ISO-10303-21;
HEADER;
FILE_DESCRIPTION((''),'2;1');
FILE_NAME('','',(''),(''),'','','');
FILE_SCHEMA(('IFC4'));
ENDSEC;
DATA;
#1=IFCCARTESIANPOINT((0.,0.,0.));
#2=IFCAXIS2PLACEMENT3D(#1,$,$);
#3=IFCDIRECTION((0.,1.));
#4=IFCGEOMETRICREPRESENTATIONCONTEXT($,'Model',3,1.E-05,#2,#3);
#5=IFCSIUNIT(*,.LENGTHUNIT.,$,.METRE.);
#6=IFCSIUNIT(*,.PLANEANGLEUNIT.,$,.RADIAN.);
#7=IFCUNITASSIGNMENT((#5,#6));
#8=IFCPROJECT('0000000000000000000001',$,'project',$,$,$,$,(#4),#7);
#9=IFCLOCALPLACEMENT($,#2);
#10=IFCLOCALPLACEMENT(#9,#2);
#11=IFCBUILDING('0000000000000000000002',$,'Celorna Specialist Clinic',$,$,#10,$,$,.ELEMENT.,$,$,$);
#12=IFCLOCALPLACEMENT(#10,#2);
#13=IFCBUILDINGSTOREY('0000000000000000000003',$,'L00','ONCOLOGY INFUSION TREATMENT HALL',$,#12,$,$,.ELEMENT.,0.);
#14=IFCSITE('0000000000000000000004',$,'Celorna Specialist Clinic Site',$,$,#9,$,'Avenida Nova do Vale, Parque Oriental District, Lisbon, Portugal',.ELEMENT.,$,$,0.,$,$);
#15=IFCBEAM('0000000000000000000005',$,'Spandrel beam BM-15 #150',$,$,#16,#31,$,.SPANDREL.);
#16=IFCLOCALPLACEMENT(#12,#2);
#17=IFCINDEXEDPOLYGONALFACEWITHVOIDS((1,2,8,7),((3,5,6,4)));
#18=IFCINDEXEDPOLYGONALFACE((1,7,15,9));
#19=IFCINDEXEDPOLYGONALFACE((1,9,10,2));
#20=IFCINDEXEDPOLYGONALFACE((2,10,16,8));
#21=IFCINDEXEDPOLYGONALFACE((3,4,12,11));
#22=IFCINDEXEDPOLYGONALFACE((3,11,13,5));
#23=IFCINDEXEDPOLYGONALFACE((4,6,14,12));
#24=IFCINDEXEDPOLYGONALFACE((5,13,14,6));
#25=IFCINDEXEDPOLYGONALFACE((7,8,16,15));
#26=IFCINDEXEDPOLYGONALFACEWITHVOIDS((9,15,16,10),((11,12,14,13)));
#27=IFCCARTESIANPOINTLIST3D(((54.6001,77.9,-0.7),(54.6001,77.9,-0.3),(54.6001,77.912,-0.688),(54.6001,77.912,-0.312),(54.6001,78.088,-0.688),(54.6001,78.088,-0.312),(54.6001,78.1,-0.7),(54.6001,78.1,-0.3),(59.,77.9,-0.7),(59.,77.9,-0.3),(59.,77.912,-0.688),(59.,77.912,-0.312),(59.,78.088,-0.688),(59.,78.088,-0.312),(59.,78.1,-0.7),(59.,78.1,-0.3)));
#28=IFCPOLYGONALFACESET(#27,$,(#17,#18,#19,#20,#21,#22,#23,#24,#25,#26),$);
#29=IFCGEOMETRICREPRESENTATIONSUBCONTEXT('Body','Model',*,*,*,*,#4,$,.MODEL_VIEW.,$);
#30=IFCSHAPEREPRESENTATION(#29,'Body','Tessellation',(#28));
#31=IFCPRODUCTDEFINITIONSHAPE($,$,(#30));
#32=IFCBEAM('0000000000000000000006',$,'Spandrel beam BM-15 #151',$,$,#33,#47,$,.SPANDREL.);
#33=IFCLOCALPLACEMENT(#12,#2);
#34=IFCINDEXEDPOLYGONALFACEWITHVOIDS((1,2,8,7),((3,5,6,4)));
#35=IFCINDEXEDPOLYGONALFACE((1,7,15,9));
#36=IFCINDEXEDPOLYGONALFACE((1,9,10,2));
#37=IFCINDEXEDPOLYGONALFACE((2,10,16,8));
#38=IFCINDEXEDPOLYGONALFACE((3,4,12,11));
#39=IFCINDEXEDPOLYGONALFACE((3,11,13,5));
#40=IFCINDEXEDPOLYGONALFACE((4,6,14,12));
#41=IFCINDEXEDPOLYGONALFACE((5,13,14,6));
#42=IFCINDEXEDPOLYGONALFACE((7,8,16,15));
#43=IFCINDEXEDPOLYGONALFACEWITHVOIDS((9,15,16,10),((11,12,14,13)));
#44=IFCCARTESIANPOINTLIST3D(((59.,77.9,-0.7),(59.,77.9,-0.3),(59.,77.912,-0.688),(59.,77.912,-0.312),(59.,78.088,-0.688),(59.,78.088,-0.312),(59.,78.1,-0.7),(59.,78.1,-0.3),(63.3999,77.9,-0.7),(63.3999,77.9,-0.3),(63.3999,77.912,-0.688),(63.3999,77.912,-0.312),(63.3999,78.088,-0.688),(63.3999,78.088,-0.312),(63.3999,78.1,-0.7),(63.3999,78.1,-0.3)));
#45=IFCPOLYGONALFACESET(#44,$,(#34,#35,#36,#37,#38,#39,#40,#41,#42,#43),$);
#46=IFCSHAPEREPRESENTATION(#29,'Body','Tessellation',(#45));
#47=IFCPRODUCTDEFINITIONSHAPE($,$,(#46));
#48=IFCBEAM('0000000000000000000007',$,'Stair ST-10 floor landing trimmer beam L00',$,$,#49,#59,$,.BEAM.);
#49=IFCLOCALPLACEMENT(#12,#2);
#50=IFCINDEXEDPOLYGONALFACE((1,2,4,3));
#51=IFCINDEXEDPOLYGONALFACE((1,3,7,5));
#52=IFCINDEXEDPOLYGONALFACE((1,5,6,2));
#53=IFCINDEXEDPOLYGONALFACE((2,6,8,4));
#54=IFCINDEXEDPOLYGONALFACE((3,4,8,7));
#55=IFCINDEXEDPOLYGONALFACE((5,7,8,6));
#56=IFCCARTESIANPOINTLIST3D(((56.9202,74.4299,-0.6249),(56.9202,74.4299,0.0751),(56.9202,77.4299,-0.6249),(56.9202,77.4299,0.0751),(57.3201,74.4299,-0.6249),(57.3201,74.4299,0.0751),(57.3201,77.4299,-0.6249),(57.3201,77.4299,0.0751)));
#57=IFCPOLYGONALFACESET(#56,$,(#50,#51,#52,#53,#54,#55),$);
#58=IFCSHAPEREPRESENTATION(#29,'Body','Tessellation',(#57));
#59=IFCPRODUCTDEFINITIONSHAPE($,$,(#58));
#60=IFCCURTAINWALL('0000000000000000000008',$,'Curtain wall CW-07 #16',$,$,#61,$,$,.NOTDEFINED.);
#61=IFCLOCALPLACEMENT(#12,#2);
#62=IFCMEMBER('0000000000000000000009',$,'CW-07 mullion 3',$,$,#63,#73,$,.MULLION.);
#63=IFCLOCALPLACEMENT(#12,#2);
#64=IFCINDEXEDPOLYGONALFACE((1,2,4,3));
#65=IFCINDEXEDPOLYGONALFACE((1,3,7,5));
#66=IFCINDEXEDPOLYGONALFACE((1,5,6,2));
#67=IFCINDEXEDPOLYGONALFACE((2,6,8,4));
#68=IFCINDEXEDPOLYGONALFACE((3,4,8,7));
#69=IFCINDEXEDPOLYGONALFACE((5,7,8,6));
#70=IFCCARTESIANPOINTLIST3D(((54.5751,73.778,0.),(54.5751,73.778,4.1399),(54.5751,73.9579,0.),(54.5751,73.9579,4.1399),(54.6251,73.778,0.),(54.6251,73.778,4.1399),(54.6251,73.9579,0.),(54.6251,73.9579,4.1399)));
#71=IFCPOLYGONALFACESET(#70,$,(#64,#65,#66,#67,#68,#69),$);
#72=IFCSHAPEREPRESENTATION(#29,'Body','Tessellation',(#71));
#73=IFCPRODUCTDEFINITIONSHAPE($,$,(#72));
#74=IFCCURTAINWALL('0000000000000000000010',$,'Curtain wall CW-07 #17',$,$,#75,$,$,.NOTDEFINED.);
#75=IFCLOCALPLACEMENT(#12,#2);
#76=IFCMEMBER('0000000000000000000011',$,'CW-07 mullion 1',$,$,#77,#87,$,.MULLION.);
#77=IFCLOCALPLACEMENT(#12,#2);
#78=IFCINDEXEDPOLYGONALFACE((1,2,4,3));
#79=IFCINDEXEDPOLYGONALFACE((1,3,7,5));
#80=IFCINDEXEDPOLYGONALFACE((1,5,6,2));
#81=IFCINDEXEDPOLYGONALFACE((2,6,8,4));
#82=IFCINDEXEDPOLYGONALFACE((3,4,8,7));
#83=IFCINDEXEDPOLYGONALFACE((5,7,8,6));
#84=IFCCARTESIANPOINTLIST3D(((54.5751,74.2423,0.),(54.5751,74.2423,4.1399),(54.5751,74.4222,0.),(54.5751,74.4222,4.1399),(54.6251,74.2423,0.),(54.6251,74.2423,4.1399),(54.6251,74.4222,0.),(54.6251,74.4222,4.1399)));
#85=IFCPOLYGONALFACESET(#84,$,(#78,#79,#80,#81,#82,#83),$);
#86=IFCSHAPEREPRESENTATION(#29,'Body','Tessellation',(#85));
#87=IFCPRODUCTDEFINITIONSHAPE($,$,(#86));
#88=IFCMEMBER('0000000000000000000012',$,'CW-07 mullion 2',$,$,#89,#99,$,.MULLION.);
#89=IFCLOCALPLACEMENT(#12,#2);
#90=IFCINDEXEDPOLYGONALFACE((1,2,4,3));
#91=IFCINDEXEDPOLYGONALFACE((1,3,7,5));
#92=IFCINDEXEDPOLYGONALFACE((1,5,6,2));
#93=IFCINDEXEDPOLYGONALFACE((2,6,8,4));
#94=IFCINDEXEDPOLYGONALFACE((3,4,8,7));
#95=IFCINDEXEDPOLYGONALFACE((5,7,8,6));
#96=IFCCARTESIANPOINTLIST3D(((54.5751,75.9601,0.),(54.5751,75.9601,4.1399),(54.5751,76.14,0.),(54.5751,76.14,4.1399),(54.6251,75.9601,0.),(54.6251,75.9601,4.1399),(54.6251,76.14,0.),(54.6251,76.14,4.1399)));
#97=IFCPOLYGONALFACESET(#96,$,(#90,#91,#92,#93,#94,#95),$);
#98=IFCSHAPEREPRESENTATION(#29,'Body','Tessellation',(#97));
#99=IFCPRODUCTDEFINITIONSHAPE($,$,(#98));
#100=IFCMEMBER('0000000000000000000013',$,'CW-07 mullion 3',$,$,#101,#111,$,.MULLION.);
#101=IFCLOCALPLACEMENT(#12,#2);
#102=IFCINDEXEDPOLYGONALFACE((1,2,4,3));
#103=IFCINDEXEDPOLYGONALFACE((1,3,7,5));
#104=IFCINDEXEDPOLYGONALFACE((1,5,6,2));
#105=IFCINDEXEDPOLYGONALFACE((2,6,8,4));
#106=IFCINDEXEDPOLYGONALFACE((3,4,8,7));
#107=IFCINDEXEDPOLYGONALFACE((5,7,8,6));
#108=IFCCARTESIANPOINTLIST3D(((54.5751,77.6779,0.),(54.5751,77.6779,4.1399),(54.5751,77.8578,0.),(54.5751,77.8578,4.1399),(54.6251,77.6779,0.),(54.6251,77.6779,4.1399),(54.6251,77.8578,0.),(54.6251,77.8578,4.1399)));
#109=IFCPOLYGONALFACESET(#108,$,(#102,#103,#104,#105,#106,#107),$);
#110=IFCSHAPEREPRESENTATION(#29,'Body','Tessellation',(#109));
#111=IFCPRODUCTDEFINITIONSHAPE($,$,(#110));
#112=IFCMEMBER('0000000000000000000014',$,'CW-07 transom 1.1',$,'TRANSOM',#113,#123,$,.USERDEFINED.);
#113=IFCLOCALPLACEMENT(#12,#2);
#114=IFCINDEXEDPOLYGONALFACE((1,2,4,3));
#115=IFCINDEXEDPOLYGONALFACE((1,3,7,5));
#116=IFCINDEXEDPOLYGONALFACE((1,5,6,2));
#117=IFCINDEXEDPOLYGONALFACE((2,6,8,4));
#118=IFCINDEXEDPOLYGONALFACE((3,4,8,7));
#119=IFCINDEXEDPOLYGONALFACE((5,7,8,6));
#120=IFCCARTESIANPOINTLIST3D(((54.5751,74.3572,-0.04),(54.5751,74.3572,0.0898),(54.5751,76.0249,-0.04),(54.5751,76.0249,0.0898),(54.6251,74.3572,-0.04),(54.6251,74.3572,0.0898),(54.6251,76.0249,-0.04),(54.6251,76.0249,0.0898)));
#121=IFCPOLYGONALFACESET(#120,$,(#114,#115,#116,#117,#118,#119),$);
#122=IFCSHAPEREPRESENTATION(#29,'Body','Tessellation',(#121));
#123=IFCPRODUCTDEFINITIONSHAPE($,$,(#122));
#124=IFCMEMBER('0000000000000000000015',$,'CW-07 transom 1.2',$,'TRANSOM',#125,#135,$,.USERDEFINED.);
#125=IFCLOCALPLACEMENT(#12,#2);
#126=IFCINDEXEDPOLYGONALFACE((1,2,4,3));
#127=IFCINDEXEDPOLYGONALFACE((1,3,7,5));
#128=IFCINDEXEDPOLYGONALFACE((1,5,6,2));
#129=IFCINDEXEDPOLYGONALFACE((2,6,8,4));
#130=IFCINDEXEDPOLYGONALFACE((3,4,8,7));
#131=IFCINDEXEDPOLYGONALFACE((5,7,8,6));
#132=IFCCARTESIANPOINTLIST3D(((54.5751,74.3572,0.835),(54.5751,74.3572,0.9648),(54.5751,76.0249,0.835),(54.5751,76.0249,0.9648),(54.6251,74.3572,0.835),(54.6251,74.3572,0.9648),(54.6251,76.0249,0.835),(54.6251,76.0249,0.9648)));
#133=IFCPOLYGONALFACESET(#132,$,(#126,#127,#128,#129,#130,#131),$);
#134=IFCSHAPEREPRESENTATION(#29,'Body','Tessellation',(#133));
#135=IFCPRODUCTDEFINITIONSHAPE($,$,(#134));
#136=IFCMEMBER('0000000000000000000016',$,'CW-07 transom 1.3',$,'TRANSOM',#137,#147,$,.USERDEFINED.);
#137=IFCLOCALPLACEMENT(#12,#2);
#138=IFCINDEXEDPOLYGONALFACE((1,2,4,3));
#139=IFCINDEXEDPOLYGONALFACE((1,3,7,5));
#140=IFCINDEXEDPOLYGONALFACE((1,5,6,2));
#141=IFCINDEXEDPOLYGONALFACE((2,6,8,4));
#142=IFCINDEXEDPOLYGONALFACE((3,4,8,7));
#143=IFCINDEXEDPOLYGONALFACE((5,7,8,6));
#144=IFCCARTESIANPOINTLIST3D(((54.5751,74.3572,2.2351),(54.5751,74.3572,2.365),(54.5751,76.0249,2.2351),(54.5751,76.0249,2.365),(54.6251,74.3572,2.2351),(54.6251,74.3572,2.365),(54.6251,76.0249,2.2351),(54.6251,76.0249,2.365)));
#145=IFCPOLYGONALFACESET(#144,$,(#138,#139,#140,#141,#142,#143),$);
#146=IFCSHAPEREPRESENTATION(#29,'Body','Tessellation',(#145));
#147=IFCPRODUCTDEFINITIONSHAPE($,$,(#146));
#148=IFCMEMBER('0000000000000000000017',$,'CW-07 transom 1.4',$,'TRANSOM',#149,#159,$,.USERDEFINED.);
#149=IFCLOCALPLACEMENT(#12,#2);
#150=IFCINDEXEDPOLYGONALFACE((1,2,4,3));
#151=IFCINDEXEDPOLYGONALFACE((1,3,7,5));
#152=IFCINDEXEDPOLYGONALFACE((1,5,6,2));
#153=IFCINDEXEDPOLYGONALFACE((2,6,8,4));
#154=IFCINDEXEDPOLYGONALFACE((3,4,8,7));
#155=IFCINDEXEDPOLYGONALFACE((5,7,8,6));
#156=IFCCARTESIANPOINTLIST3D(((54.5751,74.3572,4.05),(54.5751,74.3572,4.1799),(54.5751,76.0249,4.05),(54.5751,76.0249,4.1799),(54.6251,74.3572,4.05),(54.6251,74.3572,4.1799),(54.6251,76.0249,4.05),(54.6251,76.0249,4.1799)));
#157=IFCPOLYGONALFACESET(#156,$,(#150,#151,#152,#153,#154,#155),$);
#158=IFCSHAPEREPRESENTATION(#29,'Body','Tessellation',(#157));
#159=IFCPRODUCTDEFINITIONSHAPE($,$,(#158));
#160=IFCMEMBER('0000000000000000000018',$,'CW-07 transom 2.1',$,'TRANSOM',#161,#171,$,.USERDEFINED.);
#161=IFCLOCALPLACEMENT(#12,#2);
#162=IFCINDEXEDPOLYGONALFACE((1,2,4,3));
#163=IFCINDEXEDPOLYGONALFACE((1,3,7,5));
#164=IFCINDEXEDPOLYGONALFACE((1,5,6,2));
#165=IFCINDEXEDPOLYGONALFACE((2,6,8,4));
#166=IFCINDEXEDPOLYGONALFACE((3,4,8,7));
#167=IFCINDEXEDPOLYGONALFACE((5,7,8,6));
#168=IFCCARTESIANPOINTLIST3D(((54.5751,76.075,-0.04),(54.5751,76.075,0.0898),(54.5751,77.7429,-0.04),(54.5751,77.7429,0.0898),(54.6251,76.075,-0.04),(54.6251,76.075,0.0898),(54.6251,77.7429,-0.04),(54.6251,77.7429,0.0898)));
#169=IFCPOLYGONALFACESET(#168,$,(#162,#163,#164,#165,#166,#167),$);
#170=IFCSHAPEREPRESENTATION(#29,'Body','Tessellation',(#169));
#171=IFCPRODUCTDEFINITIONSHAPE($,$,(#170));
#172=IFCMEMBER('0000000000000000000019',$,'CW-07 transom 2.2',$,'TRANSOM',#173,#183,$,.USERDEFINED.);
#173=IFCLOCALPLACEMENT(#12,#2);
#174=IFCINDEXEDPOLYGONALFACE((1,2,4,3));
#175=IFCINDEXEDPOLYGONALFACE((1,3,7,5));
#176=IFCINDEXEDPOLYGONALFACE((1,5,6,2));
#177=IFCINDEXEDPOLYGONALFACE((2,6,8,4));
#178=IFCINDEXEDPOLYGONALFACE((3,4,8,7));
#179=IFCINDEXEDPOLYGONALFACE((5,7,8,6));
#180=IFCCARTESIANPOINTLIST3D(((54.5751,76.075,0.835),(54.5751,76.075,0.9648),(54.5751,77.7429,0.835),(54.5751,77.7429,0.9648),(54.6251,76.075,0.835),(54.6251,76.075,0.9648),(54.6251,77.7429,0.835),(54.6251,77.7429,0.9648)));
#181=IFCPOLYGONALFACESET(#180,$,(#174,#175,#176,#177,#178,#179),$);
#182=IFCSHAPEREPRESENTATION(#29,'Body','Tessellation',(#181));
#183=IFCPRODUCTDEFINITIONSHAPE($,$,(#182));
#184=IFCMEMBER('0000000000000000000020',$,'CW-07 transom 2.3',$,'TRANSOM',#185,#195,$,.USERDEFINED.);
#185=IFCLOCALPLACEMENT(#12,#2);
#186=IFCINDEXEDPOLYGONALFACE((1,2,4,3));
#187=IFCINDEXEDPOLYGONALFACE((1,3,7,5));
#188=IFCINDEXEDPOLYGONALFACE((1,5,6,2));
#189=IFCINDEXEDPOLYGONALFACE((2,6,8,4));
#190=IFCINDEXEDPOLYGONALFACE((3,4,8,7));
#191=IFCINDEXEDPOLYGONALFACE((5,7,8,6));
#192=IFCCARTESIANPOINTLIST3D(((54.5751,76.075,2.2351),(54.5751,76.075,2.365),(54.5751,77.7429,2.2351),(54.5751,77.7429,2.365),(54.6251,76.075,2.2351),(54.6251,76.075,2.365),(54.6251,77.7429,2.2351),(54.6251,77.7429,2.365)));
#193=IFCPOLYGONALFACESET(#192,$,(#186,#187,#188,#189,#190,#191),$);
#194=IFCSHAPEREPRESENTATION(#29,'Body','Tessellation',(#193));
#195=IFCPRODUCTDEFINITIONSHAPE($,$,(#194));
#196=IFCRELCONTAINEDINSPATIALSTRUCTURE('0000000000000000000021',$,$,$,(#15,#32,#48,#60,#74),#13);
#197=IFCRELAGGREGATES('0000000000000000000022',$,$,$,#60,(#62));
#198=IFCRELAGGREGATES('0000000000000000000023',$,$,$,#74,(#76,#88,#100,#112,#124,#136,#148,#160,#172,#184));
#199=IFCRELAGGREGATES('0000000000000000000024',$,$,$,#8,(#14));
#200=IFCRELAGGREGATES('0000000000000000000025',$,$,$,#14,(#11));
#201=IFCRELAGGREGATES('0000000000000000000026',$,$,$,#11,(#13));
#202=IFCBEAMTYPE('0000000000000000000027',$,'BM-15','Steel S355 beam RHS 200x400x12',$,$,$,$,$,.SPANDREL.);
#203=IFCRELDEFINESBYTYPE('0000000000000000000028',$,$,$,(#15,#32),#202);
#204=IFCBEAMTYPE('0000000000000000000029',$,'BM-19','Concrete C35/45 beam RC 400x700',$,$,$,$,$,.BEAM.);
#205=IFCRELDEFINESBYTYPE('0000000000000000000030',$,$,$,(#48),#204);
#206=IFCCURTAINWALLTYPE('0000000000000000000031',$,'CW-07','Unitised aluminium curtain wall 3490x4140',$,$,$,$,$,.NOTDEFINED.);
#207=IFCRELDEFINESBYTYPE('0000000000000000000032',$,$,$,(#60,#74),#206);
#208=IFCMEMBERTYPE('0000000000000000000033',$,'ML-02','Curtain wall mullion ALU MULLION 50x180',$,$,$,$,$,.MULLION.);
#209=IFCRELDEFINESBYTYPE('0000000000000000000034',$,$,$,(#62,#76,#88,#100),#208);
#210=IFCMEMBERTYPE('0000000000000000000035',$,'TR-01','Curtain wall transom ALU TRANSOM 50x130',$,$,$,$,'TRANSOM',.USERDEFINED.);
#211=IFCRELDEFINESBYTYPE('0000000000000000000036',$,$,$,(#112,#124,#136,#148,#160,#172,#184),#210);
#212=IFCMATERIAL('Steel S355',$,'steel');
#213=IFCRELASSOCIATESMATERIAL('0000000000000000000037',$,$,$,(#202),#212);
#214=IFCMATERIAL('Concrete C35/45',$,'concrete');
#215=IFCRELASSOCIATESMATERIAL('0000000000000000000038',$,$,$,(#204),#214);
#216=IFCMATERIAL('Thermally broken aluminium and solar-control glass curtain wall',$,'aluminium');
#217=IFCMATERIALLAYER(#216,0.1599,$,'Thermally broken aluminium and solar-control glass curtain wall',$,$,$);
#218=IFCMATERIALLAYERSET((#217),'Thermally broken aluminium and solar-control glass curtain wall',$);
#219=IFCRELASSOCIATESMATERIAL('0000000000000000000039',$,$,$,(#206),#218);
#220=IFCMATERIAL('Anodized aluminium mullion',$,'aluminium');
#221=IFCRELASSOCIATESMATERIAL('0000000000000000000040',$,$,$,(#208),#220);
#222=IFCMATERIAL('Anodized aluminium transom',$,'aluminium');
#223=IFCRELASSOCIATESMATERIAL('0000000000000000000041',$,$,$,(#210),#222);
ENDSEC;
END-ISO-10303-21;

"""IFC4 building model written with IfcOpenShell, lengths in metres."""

from ifc_helpers import new_model, si_unit, direction, frame, origin, origin_2d, place, context, subcontext, project, spatial, rectangle, hollow_rectangle, extrude, material, layer, layer_set, material_profile, profile_set, type_object, element, aggregate, save


model = new_model("IFC4")

# Units and contexts
model_context = context("Model", 3, precision=1e-05, world=origin(), true_north=direction((0.0, 1.0)))
body_context = subcontext(model_context, "Body", "Model", "MODEL_VIEW")
ifc_project = project(units=[si_unit("LENGTHUNIT", "METRE"), si_unit("PLANEANGLEUNIT", "RADIAN")], contexts=[model_context])

# Site, building, storey
site_placement = place(None, origin())
site = spatial("IfcSite", under=ifc_project, at=site_placement, Name="Celorna Specialist Clinic Site", LongName="Avenida Nova do Vale, Parque Oriental District, Lisbon, Portugal", CompositionType="ELEMENT", RefElevation=0.0)
building_placement = place(site_placement, origin())
building = spatial("IfcBuilding", under=site, at=building_placement, Name="Celorna Specialist Clinic", CompositionType="ELEMENT")
storey_placement = place(building_placement, origin())
storey = spatial("IfcBuildingStorey", under=building, at=storey_placement, Name="L00", Description="ONCOLOGY INFUSION TREATMENT HALL", CompositionType="ELEMENT", Elevation=0.0)

# Shared definitions
ifc_material_1 = material(Name="Concrete C35/45", Category="concrete")
ifc_material_2 = material(Name="Steel S355", Category="steel")

# Beams
ifc_material_profile_1 = material_profile(ifc_material_2, hollow_rectangle(XDim=0.2, YDim=0.3999, WallThickness=0.012, at=origin_2d()), Name="RHS 200x400x12")
ifc_profile_set_1 = profile_set([ifc_material_profile_1], Name="Steel S355")
beam_type_1 = type_object("IfcBeamType", Name="BM-15", Description="Steel S355 beam RHS 200x400x12", PredefinedType="SPANDREL", material=ifc_profile_set_1)
for number, where, z_axis, x_axis, name in (
    (1, (54.6001, 78.0, -0.5), (1.0, 0.0, 0.0), (0.0, 1.0, 0.0), "Spandrel beam BM-15 #150"),
    (2, (59.0, 78.0, -0.5), (1.0, 0.0, 0.0), (0.0, 1.0, 0.0), "Spandrel beam BM-15 #151"),
):
    element("IfcBeam", number, at=place(storey_placement, frame(where, z_axis=z_axis, x_axis=x_axis)), inside=storey, type_object=beam_type_1, Name=name, PredefinedType="SPANDREL", context=body_context, shape_type="SweptSolid", body=[
        extrude(hollow_rectangle(XDim=0.2, YDim=0.3999, WallThickness=0.012, at=origin_2d()), origin(), (0.0, 0.0, 1.0), 4.3999),
    ])
ifc_material_profile_2 = material_profile(ifc_material_1, rectangle(XDim=0.3999, YDim=0.7, at=origin_2d()), Name="RC 400x700")
ifc_profile_set_2 = profile_set([ifc_material_profile_2], Name="Concrete C35/45")
beam_type_2 = type_object("IfcBeamType", Name="BM-19", Description="Concrete C35/45 beam RC 400x700", PredefinedType="BEAM", material=ifc_profile_set_2)
beam_placement = place(storey_placement, frame((57.1201, 74.4299, -0.2749), z_axis=(0.0, 1.0, 0.0), x_axis=(-1.0, 0.0, 0.0)))
element("IfcBeam", 3, at=beam_placement, inside=storey, type_object=beam_type_2, Name="Stair ST-10 floor landing trimmer beam L00", PredefinedType="BEAM", context=body_context, shape_type="SweptSolid", body=[
    extrude(rectangle(XDim=0.3999, YDim=0.7, at=origin_2d()), origin(), (0.0, 0.0, 1.0), 3.0),
])

# Curtain wall, member
ifc_material_3 = material(Name="Thermally broken aluminium and solar-control glass curtain wall", Category="aluminium")
ifc_layer_1 = layer(ifc_material_3, 0.1599, Name="Thermally broken aluminium and solar-control glass curtain wall")
ifc_layer_set_1 = layer_set([ifc_layer_1], Name="Thermally broken aluminium and solar-control glass curtain wall")
curtain_wall_type = type_object("IfcCurtainWallType", Name="CW-07", Description="Unitised aluminium curtain wall 3490x4140", PredefinedType="NOTDEFINED", material=ifc_layer_set_1)
curtain_wall_1_placement = place(storey_placement, origin())
curtain_wall_1 = element("IfcCurtainWall", 4, at=curtain_wall_1_placement, inside=storey, type_object=curtain_wall_type, Name="Curtain wall CW-07 #16", PredefinedType="NOTDEFINED")
ifc_material_4 = material(Name="Anodized aluminium mullion", Category="aluminium")
ifc_material_profile_3 = material_profile(ifc_material_4, rectangle(XDim=0.05, YDim=0.1799, at=origin_2d()), Name="ALU MULLION 50x180")
ifc_profile_set_3 = profile_set([ifc_material_profile_3], Name="Anodized aluminium mullion")
member_type_1 = type_object("IfcMemberType", Name="ML-02", Description="Curtain wall mullion ALU MULLION 50x180", PredefinedType="MULLION", material=ifc_profile_set_3)
member_1_placement = place(storey_placement, frame((54.6001, 73.8679, 0.0), z_axis=(0.0, 0.0, 1.0), x_axis=(-1.0, 0.0, 0.0)))
member_1 = element("IfcMember", 5, at=member_1_placement, type_object=member_type_1, Name="CW-07 mullion 3", PredefinedType="MULLION", context=body_context, shape_type="SweptSolid", body=[
    extrude(rectangle(XDim=0.05, YDim=0.1799, at=origin_2d()), origin(), (0.0, 0.0, 1.0), 4.1399),
])
aggregate(curtain_wall_1, [member_1])

# Curtain wall, members
curtain_wall_2_placement = place(storey_placement, origin())
curtain_wall_2 = element("IfcCurtainWall", 6, at=curtain_wall_2_placement, inside=storey, type_object=curtain_wall_type, Name="Curtain wall CW-07 #17", PredefinedType="NOTDEFINED")
member_2_placement = place(storey_placement, frame((54.6001, 74.3323, 0.0), z_axis=(0.0, 0.0, 1.0), x_axis=(-1.0, 0.0, 0.0)))
member_2 = element("IfcMember", 7, at=member_2_placement, type_object=member_type_1, Name="CW-07 mullion 1", PredefinedType="MULLION", context=body_context, shape_type="SweptSolid", body=[
    extrude(rectangle(XDim=0.05, YDim=0.1799, at=origin_2d()), origin(), (0.0, 0.0, 1.0), 4.1399),
])
member_3_placement = place(storey_placement, frame((54.6001, 76.05, 0.0), z_axis=(0.0, 0.0, 1.0), x_axis=(-1.0, 0.0, 0.0)))
member_3 = element("IfcMember", 8, at=member_3_placement, type_object=member_type_1, Name="CW-07 mullion 2", PredefinedType="MULLION", context=body_context, shape_type="SweptSolid", body=[
    extrude(rectangle(XDim=0.05, YDim=0.1799, at=origin_2d()), origin(), (0.0, 0.0, 1.0), 4.1399),
])
member_4_placement = place(storey_placement, frame((54.6001, 77.7678, 0.0), z_axis=(0.0, 0.0, 1.0), x_axis=(-1.0, 0.0, 0.0)))
member_4 = element("IfcMember", 9, at=member_4_placement, type_object=member_type_1, Name="CW-07 mullion 3", PredefinedType="MULLION", context=body_context, shape_type="SweptSolid", body=[
    extrude(rectangle(XDim=0.05, YDim=0.1799, at=origin_2d()), origin(), (0.0, 0.0, 1.0), 4.1399),
])
ifc_material_5 = material(Name="Anodized aluminium transom", Category="aluminium")
ifc_material_profile_4 = material_profile(ifc_material_5, rectangle(XDim=0.05, YDim=0.1299, at=origin_2d()), Name="ALU TRANSOM 50x130")
ifc_profile_set_4 = profile_set([ifc_material_profile_4], Name="Anodized aluminium transom")
member_type_2 = type_object("IfcMemberType", Name="TR-01", Description="Curtain wall transom ALU TRANSOM 50x130", ElementType="TRANSOM", PredefinedType="USERDEFINED", material=ifc_profile_set_4)
member_5_placement = place(storey_placement, frame((54.6001, 74.3572, 0.0249), z_axis=(0.0, 1.0, 0.0), x_axis=(-1.0, 0.0, 0.0)))
member_5 = element("IfcMember", 10, at=member_5_placement, type_object=member_type_2, Name="CW-07 transom 1.1", ObjectType="TRANSOM", PredefinedType="USERDEFINED", context=body_context, shape_type="SweptSolid", body=[
    extrude(rectangle(XDim=0.05, YDim=0.1299, at=origin_2d()), origin(), (0.0, 0.0, 1.0), 1.6677),
])
member_6_placement = place(storey_placement, frame((54.6001, 74.3572, 0.8999), z_axis=(0.0, 1.0, 0.0), x_axis=(-1.0, 0.0, 0.0)))
member_6 = element("IfcMember", 11, at=member_6_placement, type_object=member_type_2, Name="CW-07 transom 1.2", ObjectType="TRANSOM", PredefinedType="USERDEFINED", context=body_context, shape_type="SweptSolid", body=[
    extrude(rectangle(XDim=0.05, YDim=0.1299, at=origin_2d()), origin(), (0.0, 0.0, 1.0), 1.6677),
])
member_7_placement = place(storey_placement, frame((54.6001, 74.3572, 2.3), z_axis=(0.0, 1.0, 0.0), x_axis=(-1.0, 0.0, 0.0)))
member_7 = element("IfcMember", 12, at=member_7_placement, type_object=member_type_2, Name="CW-07 transom 1.3", ObjectType="TRANSOM", PredefinedType="USERDEFINED", context=body_context, shape_type="SweptSolid", body=[
    extrude(rectangle(XDim=0.05, YDim=0.1299, at=origin_2d()), origin(), (0.0, 0.0, 1.0), 1.6677),
])
member_8_placement = place(storey_placement, frame((54.6001, 74.3572, 4.115), z_axis=(0.0, 1.0, 0.0), x_axis=(-1.0, 0.0, 0.0)))
member_8 = element("IfcMember", 13, at=member_8_placement, type_object=member_type_2, Name="CW-07 transom 1.4", ObjectType="TRANSOM", PredefinedType="USERDEFINED", context=body_context, shape_type="SweptSolid", body=[
    extrude(rectangle(XDim=0.05, YDim=0.1299, at=origin_2d()), origin(), (0.0, 0.0, 1.0), 1.6677),
])
member_9_placement = place(storey_placement, frame((54.6001, 76.075, 0.0249), z_axis=(0.0, 1.0, 0.0), x_axis=(-1.0, 0.0, 0.0)))
member_9 = element("IfcMember", 14, at=member_9_placement, type_object=member_type_2, Name="CW-07 transom 2.1", ObjectType="TRANSOM", PredefinedType="USERDEFINED", context=body_context, shape_type="SweptSolid", body=[
    extrude(rectangle(XDim=0.05, YDim=0.1299, at=origin_2d()), origin(), (0.0, 0.0, 1.0), 1.668),
])
member_10_placement = place(storey_placement, frame((54.6001, 76.075, 0.8999), z_axis=(0.0, 1.0, 0.0), x_axis=(-1.0, 0.0, 0.0)))
member_10 = element("IfcMember", 15, at=member_10_placement, type_object=member_type_2, Name="CW-07 transom 2.2", ObjectType="TRANSOM", PredefinedType="USERDEFINED", context=body_context, shape_type="SweptSolid", body=[
    extrude(rectangle(XDim=0.05, YDim=0.1299, at=origin_2d()), origin(), (0.0, 0.0, 1.0), 1.668),
])
member_11_placement = place(storey_placement, frame((54.6001, 76.075, 2.3), z_axis=(0.0, 1.0, 0.0), x_axis=(-1.0, 0.0, 0.0)))
member_11 = element("IfcMember", 16, at=member_11_placement, type_object=member_type_2, Name="CW-07 transom 2.3", ObjectType="TRANSOM", PredefinedType="USERDEFINED", context=body_context, shape_type="SweptSolid", body=[
    extrude(rectangle(XDim=0.05, YDim=0.1299, at=origin_2d()), origin(), (0.0, 0.0, 1.0), 1.668),
])
aggregate(curtain_wall_2, [member_2, member_3, member_4, member_5, member_6, member_7, member_8, member_9, member_10, member_11])

save(model, "model.ifc")
